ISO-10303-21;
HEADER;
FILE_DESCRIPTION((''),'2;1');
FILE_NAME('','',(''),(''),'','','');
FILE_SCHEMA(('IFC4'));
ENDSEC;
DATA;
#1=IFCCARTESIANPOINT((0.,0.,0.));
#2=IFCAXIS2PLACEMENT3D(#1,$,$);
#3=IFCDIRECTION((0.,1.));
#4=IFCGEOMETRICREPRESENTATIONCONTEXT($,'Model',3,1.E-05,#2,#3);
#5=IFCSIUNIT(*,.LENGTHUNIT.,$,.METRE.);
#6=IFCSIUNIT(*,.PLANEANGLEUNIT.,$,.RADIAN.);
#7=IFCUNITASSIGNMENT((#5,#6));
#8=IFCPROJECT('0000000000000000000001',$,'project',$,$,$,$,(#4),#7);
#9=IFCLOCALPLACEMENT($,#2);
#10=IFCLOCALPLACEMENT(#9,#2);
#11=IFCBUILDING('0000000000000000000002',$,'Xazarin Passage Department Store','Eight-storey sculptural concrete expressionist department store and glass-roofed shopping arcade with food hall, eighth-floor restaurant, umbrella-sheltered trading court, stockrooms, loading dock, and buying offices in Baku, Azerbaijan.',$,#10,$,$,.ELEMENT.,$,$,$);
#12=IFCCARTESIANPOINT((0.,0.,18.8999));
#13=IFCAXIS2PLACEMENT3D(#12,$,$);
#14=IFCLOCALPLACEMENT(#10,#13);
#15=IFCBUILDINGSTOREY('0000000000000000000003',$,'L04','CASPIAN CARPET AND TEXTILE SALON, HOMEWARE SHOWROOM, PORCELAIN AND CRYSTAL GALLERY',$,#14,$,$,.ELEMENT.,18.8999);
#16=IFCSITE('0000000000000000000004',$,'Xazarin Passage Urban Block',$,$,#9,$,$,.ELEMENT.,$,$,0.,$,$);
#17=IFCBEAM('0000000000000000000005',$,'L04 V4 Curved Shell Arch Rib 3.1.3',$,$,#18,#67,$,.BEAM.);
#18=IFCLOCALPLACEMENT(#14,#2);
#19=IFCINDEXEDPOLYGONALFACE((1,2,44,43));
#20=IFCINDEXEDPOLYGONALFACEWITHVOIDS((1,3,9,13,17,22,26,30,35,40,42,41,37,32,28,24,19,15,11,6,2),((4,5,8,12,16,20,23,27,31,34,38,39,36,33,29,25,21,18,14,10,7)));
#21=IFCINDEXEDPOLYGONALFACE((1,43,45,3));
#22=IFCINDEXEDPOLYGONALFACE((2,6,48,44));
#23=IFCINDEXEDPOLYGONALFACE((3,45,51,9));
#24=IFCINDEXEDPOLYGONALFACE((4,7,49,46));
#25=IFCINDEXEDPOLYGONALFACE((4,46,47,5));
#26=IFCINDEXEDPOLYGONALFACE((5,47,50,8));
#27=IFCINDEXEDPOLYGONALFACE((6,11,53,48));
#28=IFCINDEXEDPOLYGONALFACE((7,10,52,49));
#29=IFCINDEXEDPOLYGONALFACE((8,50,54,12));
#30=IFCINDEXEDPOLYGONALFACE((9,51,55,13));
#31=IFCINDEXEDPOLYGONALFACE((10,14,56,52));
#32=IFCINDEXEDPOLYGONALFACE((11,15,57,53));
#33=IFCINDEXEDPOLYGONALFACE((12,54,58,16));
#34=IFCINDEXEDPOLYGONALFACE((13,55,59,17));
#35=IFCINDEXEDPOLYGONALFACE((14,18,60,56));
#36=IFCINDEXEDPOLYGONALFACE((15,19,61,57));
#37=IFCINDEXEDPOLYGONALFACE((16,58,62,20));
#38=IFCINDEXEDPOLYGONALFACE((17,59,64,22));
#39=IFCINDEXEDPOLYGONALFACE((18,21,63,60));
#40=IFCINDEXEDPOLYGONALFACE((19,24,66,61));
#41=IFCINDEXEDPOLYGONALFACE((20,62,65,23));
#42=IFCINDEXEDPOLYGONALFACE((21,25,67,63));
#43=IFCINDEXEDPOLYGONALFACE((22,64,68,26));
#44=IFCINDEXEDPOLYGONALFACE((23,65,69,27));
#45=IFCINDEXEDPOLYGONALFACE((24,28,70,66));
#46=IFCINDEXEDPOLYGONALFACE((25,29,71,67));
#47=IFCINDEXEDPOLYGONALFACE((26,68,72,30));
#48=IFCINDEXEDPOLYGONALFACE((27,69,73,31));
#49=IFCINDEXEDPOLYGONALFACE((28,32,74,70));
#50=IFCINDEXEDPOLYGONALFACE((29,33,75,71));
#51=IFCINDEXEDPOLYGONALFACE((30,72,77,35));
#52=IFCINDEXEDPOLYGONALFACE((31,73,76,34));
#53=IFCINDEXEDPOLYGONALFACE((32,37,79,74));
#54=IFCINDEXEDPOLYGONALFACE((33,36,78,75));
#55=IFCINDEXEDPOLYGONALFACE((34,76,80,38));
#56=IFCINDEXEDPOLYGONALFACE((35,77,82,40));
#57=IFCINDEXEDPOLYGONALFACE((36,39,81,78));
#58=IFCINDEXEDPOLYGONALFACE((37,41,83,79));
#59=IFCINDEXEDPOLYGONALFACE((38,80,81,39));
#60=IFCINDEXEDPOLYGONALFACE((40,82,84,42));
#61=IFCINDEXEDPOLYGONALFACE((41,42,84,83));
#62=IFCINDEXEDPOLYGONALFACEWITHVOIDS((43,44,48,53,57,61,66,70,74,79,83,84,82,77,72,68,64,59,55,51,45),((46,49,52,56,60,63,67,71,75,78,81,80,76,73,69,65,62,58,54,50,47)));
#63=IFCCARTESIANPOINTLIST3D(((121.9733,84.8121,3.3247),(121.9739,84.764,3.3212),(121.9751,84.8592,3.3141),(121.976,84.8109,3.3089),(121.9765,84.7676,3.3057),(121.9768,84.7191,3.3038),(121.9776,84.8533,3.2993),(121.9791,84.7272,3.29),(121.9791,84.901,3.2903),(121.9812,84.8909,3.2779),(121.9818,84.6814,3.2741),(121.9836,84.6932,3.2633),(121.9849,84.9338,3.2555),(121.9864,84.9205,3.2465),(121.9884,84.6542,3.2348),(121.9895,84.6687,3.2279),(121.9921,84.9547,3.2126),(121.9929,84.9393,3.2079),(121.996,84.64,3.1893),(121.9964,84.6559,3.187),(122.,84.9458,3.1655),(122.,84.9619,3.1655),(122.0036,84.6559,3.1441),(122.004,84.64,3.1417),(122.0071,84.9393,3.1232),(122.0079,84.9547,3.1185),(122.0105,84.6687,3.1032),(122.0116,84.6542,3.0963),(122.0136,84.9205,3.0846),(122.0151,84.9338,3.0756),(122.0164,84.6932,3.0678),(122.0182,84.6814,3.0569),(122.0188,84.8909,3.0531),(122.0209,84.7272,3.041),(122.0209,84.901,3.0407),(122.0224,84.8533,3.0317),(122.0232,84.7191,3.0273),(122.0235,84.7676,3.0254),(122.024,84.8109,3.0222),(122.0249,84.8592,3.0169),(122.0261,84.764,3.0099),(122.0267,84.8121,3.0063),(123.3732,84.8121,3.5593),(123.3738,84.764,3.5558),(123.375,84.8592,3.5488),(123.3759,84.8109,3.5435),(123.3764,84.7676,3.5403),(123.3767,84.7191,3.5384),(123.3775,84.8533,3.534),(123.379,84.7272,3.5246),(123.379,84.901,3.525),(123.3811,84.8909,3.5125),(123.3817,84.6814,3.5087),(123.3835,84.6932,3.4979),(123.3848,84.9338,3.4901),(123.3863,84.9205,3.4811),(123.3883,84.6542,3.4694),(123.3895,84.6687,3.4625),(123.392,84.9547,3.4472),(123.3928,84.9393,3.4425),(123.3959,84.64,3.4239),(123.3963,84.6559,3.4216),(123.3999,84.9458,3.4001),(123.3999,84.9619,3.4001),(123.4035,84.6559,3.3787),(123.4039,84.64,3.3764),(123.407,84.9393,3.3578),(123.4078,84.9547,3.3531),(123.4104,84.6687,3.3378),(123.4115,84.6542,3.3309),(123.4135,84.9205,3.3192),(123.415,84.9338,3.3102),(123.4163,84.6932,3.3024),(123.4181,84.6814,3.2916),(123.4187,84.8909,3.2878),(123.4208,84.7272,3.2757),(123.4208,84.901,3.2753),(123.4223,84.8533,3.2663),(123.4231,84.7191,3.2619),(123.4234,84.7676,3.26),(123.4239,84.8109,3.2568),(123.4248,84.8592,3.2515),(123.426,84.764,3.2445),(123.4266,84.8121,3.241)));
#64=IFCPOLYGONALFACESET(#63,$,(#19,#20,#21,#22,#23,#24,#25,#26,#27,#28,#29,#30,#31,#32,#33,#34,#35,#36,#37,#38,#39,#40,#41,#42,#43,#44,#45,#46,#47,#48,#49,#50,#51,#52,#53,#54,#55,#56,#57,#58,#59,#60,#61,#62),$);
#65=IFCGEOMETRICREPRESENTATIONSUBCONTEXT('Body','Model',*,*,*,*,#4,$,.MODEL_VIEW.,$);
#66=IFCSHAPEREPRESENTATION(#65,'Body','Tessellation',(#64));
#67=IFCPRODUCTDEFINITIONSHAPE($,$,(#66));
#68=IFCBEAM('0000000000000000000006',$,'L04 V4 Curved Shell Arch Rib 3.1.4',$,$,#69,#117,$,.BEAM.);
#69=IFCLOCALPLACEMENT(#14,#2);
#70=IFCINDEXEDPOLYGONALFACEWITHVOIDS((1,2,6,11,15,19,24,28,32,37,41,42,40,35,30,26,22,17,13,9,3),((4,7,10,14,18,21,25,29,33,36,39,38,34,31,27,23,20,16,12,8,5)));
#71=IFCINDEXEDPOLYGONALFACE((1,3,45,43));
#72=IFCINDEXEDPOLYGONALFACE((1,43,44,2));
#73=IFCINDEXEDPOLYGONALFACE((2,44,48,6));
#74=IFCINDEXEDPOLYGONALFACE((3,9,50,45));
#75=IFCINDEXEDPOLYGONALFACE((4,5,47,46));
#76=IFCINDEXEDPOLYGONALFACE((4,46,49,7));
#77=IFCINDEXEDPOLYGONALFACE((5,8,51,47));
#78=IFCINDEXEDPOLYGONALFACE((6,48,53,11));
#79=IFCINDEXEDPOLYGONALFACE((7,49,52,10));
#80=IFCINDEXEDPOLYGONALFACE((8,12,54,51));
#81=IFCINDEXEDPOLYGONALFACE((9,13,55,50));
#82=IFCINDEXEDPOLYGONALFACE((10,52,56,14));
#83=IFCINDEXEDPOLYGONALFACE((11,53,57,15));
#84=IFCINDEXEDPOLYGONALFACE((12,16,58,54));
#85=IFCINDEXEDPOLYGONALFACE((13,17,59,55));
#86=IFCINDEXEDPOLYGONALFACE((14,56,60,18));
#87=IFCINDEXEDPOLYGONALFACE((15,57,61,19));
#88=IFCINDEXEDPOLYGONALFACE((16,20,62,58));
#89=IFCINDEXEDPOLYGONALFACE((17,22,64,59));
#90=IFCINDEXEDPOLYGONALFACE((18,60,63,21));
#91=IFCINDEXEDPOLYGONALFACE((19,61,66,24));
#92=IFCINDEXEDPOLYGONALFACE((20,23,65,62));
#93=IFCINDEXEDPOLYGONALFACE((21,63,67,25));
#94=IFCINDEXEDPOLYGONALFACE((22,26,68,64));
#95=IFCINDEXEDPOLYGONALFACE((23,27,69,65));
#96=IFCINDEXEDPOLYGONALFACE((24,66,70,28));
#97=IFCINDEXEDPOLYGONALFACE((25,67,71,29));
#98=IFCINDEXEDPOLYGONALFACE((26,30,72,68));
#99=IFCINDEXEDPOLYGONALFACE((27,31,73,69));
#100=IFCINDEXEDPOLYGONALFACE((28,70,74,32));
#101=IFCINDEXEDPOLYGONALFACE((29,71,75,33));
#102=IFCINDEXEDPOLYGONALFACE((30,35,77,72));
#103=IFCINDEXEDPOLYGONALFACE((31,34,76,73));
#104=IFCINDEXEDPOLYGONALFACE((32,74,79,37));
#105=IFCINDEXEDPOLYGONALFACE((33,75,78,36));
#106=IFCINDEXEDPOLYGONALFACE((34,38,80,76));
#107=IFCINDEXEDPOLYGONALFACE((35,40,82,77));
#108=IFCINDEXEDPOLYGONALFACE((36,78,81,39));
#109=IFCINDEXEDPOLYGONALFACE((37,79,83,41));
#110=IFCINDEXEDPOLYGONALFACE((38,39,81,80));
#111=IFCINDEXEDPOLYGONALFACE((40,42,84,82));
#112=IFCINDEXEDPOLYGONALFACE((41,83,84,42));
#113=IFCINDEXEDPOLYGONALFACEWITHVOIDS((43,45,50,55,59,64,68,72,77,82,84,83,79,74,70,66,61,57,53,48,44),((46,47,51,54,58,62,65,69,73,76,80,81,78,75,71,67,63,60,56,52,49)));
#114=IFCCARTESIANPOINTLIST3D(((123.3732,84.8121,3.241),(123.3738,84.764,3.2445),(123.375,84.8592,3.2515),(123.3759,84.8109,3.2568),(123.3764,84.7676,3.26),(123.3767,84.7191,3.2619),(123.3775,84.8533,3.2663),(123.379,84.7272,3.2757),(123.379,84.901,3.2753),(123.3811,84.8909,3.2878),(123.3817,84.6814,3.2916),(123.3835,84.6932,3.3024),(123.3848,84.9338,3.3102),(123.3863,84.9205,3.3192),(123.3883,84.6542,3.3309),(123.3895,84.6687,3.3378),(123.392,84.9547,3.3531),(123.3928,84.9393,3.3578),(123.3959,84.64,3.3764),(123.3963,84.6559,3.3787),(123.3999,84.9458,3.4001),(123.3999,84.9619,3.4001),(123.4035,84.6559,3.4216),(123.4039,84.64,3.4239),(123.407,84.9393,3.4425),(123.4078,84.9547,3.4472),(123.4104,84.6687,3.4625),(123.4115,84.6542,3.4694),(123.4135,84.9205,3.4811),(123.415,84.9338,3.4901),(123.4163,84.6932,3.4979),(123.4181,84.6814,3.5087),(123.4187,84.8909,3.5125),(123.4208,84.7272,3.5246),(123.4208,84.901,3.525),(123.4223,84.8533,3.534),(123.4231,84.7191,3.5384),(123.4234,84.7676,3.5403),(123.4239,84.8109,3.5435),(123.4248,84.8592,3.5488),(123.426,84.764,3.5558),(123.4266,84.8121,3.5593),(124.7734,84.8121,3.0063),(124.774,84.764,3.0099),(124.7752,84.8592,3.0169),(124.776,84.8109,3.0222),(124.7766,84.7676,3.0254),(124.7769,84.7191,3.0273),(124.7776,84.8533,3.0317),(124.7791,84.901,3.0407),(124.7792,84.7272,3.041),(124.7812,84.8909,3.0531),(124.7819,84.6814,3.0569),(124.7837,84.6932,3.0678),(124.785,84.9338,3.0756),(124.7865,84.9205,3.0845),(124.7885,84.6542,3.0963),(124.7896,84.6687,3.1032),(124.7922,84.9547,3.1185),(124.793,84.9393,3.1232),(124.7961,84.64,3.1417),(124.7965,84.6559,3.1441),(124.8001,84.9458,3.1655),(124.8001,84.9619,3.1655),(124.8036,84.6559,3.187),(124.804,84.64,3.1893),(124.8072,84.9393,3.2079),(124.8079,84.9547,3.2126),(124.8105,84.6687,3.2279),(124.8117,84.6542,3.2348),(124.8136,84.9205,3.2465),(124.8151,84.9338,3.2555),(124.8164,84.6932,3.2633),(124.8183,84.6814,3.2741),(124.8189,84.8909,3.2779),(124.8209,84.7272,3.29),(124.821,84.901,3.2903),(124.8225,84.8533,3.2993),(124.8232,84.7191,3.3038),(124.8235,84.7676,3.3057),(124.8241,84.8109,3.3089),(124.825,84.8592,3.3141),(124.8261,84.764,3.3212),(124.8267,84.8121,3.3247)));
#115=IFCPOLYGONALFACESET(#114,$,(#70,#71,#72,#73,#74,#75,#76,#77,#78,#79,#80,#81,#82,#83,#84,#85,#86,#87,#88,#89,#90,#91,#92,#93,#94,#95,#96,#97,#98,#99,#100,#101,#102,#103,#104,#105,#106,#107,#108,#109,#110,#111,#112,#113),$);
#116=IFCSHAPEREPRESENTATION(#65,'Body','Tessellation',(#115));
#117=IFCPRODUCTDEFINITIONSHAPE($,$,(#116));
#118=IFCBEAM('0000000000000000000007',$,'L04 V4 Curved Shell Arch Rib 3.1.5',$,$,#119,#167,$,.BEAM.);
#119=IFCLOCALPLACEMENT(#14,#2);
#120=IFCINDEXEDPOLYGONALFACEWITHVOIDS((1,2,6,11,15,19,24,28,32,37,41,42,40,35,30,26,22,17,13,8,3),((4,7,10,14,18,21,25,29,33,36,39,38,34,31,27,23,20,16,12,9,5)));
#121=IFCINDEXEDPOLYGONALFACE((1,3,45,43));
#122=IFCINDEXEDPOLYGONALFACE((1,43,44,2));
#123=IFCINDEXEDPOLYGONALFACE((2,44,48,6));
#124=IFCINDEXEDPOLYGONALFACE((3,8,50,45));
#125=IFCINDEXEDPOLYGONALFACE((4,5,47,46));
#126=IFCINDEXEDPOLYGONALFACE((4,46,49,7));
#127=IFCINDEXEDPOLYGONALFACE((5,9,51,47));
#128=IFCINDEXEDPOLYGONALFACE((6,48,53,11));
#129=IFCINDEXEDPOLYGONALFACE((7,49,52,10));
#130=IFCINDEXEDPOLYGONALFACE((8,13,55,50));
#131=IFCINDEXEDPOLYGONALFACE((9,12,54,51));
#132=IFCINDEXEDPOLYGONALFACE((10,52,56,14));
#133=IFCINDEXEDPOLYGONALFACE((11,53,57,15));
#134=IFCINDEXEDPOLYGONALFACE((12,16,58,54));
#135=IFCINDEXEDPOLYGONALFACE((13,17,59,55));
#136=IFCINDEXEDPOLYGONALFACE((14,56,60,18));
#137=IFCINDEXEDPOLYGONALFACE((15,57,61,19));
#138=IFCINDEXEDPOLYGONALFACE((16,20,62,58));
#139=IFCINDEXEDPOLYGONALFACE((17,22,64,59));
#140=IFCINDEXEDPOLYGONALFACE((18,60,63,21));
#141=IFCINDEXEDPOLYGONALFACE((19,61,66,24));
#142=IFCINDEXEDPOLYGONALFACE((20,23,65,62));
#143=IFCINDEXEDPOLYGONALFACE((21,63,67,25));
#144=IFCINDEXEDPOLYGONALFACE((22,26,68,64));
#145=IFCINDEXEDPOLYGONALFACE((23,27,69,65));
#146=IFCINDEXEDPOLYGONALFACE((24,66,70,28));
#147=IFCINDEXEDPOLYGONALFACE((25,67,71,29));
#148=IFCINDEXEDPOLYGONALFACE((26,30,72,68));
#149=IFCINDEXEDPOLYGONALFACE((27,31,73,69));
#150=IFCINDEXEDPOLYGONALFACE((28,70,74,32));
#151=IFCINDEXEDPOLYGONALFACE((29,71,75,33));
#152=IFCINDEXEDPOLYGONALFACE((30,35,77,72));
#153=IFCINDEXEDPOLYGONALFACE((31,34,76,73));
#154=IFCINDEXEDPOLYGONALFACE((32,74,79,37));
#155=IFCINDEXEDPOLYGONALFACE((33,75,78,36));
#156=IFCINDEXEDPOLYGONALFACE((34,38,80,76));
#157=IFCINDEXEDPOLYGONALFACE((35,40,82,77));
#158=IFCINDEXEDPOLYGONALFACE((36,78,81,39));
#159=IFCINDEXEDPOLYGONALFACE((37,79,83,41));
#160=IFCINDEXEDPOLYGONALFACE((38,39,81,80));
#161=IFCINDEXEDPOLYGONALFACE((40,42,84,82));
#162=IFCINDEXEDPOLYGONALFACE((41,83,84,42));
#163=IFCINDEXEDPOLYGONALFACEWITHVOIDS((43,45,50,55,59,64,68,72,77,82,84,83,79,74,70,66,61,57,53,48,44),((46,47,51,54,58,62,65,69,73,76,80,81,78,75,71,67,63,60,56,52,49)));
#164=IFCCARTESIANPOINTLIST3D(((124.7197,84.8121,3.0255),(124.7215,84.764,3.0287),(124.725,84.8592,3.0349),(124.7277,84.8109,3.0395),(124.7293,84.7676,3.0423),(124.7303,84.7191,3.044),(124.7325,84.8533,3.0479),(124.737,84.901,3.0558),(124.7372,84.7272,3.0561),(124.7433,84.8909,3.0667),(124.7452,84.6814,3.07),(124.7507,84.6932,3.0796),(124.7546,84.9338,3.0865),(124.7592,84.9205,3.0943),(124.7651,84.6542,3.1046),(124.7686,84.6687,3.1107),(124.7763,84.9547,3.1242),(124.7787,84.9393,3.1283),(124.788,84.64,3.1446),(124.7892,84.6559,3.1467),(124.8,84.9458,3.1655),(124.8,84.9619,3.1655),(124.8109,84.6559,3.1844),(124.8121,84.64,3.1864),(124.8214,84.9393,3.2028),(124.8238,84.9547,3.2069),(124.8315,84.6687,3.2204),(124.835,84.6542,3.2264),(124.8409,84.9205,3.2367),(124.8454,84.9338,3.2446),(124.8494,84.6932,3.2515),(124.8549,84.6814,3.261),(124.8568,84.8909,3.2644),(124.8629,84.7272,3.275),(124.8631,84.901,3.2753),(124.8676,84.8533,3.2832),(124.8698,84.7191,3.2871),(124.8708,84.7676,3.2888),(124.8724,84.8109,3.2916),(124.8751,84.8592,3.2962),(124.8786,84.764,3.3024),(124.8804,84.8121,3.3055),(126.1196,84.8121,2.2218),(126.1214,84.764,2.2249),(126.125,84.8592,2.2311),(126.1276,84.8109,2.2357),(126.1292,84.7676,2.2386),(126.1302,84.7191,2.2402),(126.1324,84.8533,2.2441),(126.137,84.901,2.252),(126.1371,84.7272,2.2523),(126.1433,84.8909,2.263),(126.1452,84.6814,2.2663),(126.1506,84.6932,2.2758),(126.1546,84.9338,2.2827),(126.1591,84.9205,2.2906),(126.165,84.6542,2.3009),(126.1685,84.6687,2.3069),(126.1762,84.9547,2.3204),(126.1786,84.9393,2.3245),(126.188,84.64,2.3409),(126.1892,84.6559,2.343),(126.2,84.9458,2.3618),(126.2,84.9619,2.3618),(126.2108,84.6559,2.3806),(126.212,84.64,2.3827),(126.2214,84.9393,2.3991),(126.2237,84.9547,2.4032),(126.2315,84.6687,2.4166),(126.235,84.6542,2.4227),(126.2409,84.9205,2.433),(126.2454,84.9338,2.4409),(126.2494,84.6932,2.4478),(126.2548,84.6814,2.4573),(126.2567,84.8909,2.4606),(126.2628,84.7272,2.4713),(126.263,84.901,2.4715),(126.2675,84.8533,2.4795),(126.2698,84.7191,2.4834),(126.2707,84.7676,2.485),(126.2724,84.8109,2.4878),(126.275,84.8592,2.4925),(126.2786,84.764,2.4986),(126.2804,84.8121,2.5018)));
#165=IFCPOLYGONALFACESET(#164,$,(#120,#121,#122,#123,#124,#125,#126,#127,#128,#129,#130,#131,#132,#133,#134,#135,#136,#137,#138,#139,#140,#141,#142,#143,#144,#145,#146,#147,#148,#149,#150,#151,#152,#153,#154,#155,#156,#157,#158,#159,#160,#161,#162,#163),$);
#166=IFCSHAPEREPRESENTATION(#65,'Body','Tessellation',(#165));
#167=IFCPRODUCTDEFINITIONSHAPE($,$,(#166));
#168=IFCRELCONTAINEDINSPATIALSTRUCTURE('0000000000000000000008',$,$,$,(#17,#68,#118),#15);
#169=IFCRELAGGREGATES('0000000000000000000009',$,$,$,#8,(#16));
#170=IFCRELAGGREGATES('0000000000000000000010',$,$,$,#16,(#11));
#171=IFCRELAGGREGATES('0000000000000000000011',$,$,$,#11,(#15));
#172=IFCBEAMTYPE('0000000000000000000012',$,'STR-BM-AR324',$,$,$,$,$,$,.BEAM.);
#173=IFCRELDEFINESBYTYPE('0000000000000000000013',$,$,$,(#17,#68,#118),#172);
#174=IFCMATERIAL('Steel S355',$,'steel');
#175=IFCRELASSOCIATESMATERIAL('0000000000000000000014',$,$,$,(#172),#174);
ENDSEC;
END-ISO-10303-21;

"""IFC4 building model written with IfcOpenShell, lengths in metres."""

from ifc_helpers import new_model, si_unit, direction, frame, origin, origin_2d, place, context, subcontext, project, spatial, hollow_circle, extrude, material, material_profile, profile_set, type_object, element, save


model = new_model("IFC4")

# Units and contexts
model_context = context("Model", 3, precision=1e-05, world=origin(), true_north=direction((0.0, 1.0)))
body_context = subcontext(model_context, "Body", "Model", "MODEL_VIEW")
ifc_project = project(units=[si_unit("LENGTHUNIT", "METRE"), si_unit("PLANEANGLEUNIT", "RADIAN")], contexts=[model_context])

# Site, building, storey
site_placement = place(None, origin())
site = spatial("IfcSite", under=ifc_project, at=site_placement, Name="Xazarin Passage Urban Block", CompositionType="ELEMENT", RefElevation=0.0)
building_placement = place(site_placement, origin())
building = spatial("IfcBuilding", under=site, at=building_placement, Name="Xazarin Passage Department Store", Description="Eight-storey sculptural concrete expressionist department store and glass-roofed shopping arcade with food hall, eighth-floor restaurant, umbrella-sheltered trading court, stockrooms, loading dock, and buying offices in Baku, Azerbaijan.", CompositionType="ELEMENT")
storey_placement = place(building_placement, frame((0.0, 0.0, 18.8999)))
storey = spatial("IfcBuildingStorey", under=building, at=storey_placement, Name="L04", Description="CASPIAN CARPET AND TEXTILE SALON, HOMEWARE SHOWROOM, PORCELAIN AND CRYSTAL GALLERY", CompositionType="ELEMENT", Elevation=18.8999)

# Beams
ifc_material_1 = material(Name="Steel S355", Category="steel")
ifc_material_profile_1 = material_profile(ifc_material_1, hollow_circle(Radius=0.1619, WallThickness=0.0161, at=origin_2d()), Name="CHS 323.9x16")
ifc_profile_set_1 = profile_set([ifc_material_profile_1], Name="Steel S355")
beam_type_1 = type_object("IfcBeamType", Name="STR-BM-AR324", PredefinedType="BEAM", material=ifc_profile_set_1)
beam_1_placement = place(storey_placement, frame((122.0, 84.8, 3.1655), z_axis=(0.986245, 0.0, 0.165291), x_axis=(0.0, 1.0, 0.0)))
element("IfcBeam", 1, at=beam_1_placement, inside=storey, type_object=beam_type_1, Name="L04 V4 Curved Shell Arch Rib 3.1.3", PredefinedType="BEAM", context=body_context, shape_type="SweptSolid", body=[
    extrude(hollow_circle(Radius=0.1619, WallThickness=0.0161, at=origin_2d()), origin(), (0.0, 0.0, 1.0), 1.4194),
])
beam_2_placement = place(storey_placement, frame((123.3999, 84.8, 3.4001), z_axis=(0.986249, 0.0, -0.165263), x_axis=(0.0, 1.0, 0.0)))
element("IfcBeam", 2, at=beam_2_placement, inside=storey, type_object=beam_type_1, Name="L04 V4 Curved Shell Arch Rib 3.1.4", PredefinedType="BEAM", context=body_context, shape_type="SweptSolid", body=[
    extrude(hollow_circle(Radius=0.1619, WallThickness=0.0161, at=origin_2d()), origin(), (0.0, 0.0, 1.0), 1.4197),
])
beam_3_placement = place(storey_placement, frame((124.8, 84.8, 3.1655), z_axis=(0.867236, 0.0, -0.497897), x_axis=(0.0, 1.0, 0.0)))
element("IfcBeam", 3, at=beam_3_placement, inside=storey, type_object=beam_type_1, Name="L04 V4 Curved Shell Arch Rib 3.1.5", PredefinedType="BEAM", context=body_context, shape_type="SweptSolid", body=[
    extrude(hollow_circle(Radius=0.1619, WallThickness=0.0161, at=origin_2d()), origin(), (0.0, 0.0, 1.0), 1.6143),
])

save(model, "model.ifc")
